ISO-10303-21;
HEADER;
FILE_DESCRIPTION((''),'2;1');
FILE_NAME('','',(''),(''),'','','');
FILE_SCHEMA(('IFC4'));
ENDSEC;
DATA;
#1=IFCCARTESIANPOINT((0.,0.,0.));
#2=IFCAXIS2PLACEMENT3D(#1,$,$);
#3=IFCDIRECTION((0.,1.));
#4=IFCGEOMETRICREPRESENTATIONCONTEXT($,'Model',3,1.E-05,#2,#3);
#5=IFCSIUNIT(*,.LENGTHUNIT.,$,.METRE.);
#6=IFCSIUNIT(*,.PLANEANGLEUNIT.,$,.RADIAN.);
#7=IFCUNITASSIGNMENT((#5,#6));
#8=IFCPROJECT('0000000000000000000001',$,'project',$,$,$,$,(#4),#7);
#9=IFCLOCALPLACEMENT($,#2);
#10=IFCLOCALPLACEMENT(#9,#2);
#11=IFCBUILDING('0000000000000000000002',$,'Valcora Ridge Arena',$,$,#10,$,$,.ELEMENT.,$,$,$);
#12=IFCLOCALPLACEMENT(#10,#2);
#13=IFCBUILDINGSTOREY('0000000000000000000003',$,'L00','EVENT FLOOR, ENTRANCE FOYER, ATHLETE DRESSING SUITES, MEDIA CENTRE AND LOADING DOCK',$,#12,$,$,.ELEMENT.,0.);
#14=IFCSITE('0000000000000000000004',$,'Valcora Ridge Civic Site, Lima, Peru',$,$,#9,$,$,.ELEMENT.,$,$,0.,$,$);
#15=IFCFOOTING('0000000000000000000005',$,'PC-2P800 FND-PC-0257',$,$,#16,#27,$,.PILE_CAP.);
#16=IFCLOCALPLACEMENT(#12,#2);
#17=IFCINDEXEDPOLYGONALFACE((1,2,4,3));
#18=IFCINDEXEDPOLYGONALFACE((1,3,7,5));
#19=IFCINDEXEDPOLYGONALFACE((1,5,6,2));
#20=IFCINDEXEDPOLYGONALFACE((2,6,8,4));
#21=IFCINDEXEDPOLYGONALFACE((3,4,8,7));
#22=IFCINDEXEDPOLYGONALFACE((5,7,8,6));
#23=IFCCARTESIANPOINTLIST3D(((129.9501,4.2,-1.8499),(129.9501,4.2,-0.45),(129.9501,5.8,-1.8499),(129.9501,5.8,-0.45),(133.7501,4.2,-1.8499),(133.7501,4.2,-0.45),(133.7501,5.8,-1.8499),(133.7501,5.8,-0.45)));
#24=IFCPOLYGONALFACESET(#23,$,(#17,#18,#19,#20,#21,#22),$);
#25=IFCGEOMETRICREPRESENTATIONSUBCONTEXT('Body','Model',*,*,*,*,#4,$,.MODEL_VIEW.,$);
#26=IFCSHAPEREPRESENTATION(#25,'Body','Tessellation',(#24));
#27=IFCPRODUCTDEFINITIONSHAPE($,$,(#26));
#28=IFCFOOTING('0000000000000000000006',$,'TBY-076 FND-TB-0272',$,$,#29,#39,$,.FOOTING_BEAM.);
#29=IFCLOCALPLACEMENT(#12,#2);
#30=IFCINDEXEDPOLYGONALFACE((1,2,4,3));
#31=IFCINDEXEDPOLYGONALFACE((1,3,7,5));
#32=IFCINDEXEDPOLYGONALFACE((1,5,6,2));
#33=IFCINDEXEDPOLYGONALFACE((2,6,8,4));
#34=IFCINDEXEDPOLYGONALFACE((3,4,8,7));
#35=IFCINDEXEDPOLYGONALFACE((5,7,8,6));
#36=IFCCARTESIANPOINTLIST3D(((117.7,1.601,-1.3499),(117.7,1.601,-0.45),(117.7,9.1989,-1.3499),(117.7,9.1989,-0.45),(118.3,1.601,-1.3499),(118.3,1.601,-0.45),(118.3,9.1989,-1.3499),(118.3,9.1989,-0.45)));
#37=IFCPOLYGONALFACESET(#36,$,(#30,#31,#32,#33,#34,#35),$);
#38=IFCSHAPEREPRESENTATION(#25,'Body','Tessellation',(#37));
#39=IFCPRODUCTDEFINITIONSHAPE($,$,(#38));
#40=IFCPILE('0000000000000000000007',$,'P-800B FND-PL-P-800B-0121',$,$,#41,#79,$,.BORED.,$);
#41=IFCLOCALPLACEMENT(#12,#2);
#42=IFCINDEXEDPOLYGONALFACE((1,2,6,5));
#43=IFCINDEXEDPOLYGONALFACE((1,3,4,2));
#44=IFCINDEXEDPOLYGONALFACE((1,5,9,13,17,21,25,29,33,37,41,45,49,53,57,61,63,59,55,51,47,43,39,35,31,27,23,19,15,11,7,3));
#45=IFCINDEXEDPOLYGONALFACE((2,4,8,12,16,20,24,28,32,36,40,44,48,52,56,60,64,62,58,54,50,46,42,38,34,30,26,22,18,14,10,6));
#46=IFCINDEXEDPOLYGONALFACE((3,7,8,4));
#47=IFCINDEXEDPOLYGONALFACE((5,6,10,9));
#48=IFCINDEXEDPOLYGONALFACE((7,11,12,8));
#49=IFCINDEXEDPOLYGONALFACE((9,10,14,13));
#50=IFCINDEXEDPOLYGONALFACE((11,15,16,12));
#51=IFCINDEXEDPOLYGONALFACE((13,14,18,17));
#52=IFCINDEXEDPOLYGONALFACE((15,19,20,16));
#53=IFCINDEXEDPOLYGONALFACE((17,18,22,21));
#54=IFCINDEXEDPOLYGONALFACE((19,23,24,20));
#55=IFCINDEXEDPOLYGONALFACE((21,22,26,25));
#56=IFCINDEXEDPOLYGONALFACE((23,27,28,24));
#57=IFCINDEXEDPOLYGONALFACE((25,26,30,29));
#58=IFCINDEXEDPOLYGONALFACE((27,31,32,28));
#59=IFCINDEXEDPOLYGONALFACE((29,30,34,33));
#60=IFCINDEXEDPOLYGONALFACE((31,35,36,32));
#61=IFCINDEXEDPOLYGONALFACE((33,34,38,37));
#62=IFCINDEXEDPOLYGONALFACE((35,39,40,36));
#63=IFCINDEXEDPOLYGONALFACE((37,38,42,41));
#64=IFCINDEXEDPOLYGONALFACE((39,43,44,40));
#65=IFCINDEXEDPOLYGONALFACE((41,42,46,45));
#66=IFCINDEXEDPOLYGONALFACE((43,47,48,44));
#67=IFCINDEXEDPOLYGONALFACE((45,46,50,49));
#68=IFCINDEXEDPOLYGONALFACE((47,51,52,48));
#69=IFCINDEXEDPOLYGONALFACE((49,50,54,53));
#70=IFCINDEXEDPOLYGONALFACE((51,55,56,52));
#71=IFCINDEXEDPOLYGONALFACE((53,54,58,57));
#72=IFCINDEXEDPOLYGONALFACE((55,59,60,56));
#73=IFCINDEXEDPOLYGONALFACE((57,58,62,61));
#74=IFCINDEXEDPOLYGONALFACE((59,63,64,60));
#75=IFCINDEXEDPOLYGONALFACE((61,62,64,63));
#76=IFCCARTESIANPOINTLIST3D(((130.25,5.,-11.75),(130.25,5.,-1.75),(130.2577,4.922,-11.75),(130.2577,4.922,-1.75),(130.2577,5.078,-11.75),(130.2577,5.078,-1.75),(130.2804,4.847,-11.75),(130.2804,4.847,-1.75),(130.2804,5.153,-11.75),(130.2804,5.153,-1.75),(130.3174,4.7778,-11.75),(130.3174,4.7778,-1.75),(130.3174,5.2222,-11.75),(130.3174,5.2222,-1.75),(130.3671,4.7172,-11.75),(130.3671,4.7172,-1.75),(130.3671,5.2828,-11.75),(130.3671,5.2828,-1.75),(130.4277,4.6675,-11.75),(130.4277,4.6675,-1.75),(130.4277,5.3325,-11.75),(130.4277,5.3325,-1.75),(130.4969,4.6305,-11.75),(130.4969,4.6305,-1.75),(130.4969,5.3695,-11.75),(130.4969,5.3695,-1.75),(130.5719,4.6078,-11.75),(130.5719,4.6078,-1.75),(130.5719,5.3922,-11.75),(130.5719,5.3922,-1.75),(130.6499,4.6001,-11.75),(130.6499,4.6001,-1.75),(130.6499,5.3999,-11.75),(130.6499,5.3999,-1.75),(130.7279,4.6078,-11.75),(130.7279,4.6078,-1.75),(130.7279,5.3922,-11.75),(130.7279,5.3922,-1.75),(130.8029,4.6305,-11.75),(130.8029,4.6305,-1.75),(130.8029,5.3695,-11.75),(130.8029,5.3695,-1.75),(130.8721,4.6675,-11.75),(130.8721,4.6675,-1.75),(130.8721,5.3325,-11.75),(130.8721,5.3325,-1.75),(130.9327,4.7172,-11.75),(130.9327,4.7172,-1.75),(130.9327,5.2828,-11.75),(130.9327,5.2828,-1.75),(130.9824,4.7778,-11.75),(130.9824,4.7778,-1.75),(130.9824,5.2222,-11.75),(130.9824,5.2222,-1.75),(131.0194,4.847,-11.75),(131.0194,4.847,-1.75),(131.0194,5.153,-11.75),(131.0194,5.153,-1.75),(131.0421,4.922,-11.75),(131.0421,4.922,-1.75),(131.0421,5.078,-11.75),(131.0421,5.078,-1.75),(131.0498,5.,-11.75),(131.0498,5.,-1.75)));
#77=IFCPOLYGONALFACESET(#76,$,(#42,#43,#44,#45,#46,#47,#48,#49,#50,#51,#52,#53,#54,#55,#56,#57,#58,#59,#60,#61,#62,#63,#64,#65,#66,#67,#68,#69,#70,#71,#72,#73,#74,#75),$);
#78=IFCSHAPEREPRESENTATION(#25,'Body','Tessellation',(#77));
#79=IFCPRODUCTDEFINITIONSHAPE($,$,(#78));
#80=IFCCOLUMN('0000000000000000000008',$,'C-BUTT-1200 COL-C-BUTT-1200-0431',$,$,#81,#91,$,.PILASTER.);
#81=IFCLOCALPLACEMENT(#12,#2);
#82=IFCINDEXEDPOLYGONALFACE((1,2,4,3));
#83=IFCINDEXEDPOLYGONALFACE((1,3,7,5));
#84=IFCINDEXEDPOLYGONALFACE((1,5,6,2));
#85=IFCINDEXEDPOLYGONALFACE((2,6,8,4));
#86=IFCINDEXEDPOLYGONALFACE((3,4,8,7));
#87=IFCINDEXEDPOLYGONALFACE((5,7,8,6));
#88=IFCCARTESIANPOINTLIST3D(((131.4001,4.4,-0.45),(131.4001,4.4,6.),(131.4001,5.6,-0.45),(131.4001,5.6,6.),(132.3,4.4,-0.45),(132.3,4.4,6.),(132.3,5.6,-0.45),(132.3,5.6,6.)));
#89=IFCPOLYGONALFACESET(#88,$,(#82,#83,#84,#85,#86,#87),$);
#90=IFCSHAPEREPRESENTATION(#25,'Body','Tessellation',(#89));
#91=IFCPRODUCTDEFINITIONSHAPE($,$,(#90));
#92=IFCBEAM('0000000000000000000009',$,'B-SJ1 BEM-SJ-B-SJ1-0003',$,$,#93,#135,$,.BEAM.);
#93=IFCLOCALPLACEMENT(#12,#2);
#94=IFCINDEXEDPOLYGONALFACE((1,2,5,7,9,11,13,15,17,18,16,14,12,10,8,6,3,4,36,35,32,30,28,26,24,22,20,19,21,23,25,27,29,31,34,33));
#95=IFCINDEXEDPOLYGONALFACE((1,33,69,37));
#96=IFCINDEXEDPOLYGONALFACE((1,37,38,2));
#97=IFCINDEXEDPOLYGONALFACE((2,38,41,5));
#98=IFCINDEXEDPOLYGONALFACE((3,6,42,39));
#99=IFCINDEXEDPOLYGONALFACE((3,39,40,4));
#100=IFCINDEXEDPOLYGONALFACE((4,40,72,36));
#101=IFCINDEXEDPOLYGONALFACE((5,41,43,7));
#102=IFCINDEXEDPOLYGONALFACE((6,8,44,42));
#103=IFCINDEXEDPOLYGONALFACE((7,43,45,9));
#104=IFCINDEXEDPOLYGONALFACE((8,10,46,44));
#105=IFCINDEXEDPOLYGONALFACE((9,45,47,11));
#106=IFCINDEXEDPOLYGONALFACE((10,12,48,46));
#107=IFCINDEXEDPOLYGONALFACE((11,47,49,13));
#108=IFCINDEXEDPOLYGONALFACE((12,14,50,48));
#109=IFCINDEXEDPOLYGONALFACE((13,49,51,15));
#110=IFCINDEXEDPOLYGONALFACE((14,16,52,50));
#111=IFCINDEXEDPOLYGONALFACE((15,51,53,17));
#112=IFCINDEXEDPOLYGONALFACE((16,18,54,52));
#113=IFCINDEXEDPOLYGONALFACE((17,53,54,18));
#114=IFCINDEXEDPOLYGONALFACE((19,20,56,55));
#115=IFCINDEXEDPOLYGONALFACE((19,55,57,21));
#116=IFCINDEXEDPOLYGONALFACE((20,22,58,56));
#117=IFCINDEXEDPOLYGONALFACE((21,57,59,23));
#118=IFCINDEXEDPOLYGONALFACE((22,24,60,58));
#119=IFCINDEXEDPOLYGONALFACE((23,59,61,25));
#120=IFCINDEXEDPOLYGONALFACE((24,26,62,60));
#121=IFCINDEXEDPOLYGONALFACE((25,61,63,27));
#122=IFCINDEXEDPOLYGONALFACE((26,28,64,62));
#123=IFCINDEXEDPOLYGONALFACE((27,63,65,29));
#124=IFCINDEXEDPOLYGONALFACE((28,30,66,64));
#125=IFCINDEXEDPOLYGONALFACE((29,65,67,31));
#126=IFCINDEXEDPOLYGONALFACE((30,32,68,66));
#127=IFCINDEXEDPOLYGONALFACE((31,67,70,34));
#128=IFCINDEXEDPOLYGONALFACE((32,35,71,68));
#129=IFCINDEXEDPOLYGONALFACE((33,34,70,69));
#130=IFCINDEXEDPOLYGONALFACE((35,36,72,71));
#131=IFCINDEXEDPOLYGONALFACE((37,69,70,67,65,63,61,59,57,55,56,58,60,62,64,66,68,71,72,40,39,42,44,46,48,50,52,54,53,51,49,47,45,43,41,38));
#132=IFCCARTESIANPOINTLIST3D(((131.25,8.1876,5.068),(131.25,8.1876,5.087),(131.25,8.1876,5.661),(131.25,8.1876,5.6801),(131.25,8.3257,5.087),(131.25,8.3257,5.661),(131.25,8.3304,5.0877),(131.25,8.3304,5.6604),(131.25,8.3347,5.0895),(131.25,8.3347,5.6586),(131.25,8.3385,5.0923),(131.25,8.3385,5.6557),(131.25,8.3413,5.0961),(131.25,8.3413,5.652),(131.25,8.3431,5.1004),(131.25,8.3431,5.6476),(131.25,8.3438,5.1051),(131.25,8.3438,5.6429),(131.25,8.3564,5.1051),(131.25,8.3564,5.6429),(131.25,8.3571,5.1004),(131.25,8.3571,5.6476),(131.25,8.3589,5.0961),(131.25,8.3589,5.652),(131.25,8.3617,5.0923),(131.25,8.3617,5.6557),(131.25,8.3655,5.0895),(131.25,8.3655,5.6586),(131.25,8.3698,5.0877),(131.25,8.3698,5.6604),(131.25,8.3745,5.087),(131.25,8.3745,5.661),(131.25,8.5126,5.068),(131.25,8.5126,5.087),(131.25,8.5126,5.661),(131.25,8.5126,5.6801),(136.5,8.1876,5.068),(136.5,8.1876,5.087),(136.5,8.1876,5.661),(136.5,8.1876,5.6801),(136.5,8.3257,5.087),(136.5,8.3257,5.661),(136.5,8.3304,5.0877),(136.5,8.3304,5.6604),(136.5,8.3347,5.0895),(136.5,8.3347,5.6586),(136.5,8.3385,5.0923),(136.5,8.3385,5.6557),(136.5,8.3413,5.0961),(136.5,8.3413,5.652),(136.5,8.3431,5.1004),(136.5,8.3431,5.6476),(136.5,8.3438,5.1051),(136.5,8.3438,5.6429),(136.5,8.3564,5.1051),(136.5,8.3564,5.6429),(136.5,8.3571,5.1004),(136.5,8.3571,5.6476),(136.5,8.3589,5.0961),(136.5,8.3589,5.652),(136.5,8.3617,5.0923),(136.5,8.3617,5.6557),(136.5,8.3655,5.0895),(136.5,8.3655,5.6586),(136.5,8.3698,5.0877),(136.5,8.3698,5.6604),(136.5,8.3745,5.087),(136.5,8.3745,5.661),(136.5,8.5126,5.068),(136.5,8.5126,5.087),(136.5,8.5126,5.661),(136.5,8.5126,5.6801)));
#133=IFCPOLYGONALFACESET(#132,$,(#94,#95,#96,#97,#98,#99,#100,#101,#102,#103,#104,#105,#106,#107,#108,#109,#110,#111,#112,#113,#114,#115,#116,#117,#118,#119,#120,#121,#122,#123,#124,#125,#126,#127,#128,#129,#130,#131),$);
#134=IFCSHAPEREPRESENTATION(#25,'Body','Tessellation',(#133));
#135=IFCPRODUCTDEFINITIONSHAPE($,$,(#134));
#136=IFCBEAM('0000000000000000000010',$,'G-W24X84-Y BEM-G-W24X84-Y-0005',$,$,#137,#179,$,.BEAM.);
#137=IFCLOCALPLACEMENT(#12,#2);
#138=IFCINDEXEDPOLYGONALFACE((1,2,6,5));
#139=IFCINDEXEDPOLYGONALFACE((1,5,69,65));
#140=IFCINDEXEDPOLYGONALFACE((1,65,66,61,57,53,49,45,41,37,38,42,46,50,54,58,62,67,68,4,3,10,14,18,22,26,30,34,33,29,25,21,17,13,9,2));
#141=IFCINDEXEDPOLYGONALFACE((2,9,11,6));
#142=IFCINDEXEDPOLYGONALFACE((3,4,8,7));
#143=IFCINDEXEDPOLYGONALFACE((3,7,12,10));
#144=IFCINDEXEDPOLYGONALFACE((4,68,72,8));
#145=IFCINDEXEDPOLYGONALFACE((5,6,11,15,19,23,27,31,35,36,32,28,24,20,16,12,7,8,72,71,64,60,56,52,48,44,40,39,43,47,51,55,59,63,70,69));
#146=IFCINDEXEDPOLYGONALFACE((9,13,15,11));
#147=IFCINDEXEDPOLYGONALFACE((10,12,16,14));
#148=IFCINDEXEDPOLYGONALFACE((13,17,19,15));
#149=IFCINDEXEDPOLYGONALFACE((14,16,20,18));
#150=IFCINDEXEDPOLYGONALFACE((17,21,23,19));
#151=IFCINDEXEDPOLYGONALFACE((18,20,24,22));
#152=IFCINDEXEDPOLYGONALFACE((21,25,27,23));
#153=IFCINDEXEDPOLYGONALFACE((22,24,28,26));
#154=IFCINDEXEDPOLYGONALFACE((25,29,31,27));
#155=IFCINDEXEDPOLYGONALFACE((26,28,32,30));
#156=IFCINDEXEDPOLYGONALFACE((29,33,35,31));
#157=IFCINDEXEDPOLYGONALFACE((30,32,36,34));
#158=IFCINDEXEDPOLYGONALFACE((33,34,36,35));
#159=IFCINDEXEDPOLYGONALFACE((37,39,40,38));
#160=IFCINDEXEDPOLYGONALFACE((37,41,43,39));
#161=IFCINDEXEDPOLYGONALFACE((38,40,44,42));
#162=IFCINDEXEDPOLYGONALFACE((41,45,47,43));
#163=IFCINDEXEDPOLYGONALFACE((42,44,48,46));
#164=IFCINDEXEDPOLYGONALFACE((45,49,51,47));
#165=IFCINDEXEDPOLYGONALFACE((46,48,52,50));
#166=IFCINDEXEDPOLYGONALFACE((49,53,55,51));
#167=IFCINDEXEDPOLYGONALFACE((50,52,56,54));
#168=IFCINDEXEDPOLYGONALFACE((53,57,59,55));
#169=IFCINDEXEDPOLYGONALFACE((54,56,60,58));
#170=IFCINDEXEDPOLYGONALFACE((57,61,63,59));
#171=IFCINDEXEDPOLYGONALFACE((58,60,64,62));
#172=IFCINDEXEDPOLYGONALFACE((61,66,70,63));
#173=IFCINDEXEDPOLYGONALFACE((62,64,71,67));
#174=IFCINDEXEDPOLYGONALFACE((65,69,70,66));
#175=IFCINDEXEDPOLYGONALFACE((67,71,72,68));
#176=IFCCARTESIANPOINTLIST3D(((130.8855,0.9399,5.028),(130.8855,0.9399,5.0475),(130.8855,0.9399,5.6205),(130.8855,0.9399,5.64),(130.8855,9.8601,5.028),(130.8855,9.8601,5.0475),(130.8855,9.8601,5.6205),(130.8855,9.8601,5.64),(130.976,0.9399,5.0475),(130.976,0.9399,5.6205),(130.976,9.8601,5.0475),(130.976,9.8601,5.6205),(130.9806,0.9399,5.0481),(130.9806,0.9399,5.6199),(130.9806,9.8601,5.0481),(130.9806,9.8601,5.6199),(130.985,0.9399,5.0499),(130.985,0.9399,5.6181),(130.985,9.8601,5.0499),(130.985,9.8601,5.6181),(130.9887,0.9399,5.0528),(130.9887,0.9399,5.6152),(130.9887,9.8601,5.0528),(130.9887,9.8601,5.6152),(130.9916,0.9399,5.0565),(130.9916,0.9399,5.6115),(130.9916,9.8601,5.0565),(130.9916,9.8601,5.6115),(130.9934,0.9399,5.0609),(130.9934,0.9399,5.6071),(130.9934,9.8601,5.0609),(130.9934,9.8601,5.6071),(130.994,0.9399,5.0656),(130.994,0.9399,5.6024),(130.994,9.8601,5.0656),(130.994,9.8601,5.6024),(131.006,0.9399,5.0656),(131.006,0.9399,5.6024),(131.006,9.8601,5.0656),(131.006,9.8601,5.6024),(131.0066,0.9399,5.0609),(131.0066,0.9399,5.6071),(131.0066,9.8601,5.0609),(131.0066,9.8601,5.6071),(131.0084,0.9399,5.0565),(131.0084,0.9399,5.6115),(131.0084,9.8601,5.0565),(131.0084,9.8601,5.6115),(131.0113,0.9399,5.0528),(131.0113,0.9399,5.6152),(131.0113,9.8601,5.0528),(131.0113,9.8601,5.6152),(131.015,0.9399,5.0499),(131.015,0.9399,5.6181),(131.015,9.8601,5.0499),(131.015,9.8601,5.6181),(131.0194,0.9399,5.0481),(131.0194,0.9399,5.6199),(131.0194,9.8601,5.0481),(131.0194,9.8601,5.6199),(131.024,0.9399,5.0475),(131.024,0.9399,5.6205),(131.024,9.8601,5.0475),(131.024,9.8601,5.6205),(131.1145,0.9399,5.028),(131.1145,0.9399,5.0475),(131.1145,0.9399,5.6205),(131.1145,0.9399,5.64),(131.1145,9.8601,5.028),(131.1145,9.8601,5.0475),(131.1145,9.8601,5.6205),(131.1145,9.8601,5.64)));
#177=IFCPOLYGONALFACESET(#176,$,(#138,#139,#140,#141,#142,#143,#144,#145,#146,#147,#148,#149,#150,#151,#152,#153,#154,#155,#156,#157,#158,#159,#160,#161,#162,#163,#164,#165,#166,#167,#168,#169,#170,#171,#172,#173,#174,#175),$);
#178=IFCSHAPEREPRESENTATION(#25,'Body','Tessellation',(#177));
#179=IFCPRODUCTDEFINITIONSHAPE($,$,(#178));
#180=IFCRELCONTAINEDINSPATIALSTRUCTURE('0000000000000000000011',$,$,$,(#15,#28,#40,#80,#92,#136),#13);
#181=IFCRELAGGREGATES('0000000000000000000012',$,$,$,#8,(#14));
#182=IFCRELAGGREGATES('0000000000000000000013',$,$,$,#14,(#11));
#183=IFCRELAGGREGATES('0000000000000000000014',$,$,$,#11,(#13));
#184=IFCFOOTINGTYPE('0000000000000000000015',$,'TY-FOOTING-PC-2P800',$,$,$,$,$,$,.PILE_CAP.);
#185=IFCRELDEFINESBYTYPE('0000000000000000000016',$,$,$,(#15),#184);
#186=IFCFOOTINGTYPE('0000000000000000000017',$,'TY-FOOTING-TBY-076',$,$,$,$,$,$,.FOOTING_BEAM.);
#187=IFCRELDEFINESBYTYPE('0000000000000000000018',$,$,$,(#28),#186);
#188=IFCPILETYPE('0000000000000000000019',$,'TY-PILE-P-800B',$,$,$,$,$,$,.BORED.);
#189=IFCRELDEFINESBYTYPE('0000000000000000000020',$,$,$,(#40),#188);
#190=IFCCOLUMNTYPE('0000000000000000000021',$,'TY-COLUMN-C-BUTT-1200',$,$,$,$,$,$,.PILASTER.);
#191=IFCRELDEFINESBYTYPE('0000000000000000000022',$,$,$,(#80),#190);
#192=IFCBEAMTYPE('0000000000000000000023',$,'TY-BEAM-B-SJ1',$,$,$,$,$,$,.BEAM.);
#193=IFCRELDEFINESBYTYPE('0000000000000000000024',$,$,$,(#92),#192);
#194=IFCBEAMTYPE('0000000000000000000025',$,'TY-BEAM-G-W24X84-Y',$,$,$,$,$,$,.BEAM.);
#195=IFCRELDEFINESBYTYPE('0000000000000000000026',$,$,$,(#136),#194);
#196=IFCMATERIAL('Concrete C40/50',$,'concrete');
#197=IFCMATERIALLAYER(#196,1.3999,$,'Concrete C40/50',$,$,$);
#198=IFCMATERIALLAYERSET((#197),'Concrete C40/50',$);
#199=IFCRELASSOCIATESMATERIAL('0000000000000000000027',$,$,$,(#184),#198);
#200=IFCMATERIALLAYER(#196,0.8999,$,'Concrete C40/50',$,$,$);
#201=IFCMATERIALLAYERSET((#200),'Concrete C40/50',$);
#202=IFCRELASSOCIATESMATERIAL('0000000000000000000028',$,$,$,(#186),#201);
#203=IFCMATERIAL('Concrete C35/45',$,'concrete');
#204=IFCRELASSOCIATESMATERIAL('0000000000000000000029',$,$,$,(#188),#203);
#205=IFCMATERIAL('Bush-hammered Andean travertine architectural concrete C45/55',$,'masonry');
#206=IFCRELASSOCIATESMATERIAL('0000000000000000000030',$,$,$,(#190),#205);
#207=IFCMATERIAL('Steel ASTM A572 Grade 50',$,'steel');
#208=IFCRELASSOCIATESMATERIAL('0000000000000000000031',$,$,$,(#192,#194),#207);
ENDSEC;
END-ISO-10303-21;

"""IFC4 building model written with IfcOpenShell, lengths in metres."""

from ifc_helpers import new_model, si_unit, direction, frame, origin, origin_2d, place, context, subcontext, project, spatial, rectangle, circle, i_section, extrude, material, layer, layer_set, material_profile, profile_set, type_object, element, save


model = new_model("IFC4")

# Units and contexts
model_context = context("Model", 3, precision=1e-05, world=origin(), true_north=direction((0.0, 1.0)))
body_context = subcontext(model_context, "Body", "Model", "MODEL_VIEW")
ifc_project = project(units=[si_unit("LENGTHUNIT", "METRE"), si_unit("PLANEANGLEUNIT", "RADIAN")], contexts=[model_context])

# Site, building, storey
site_placement = place(None, origin())
site = spatial("IfcSite", under=ifc_project, at=site_placement, Name="Valcora Ridge Civic Site, Lima, Peru", CompositionType="ELEMENT", RefElevation=0.0)
building_placement = place(site_placement, origin())
building = spatial("IfcBuilding", under=site, at=building_placement, Name="Valcora Ridge Arena", CompositionType="ELEMENT")
storey_placement = place(building_placement, origin())
storey = spatial("IfcBuildingStorey", under=building, at=storey_placement, Name="L00", Description="EVENT FLOOR, ENTRANCE FOYER, ATHLETE DRESSING SUITES, MEDIA CENTRE AND LOADING DOCK", CompositionType="ELEMENT", Elevation=0.0)

# Footings
ifc_material_1 = material(Name="Concrete C40/50", Category="concrete")
ifc_layer_1 = layer(ifc_material_1, 1.3999, Name="Concrete C40/50")
ifc_layer_set_1 = layer_set([ifc_layer_1], Name="Concrete C40/50")
footing_type_1 = type_object("IfcFootingType", Name="TY-FOOTING-PC-2P800", PredefinedType="PILE_CAP", material=ifc_layer_set_1)
footing_1_placement = place(storey_placement, frame((131.8501, 5.0, -1.8499), z_axis=(0.0, 0.0, 1.0), x_axis=(1.0, 0.0, 0.0)))
element("IfcFooting", 1, at=footing_1_placement, inside=storey, type_object=footing_type_1, Name="PC-2P800 FND-PC-0257", PredefinedType="PILE_CAP", context=body_context, shape_type="SweptSolid", body=[
    extrude(rectangle(XDim=3.8, YDim=1.6001, at=origin_2d()), origin(), (0.0, 0.0, 1.0), 1.3999),
])
ifc_layer_2 = layer(ifc_material_1, 0.8999, Name="Concrete C40/50")
ifc_layer_set_2 = layer_set([ifc_layer_2], Name="Concrete C40/50")
footing_type_2 = type_object("IfcFootingType", Name="TY-FOOTING-TBY-076", PredefinedType="FOOTING_BEAM", material=ifc_layer_set_2)
footing_2_placement = place(storey_placement, frame((118.0, 5.3999, -1.3499), z_axis=(0.0, 0.0, 1.0), x_axis=(1.0, 0.0, 0.0)))
element("IfcFooting", 2, at=footing_2_placement, inside=storey, type_object=footing_type_2, Name="TBY-076 FND-TB-0272", PredefinedType="FOOTING_BEAM", context=body_context, shape_type="SweptSolid", body=[
    extrude(rectangle(XDim=0.6001, YDim=7.5979, at=origin_2d()), origin(), (0.0, 0.0, 1.0), 0.8999),
])

# Pile
ifc_material_2 = material(Name="Concrete C35/45", Category="concrete")
ifc_material_profile_1 = material_profile(ifc_material_2, circle(Radius=0.3999, at=origin_2d()), Name="BORED PILE D800")
ifc_profile_set_1 = profile_set([ifc_material_profile_1], Name="Concrete C35/45")
pile_type = type_object("IfcPileType", Name="TY-PILE-P-800B", PredefinedType="BORED", material=ifc_profile_set_1)
pile_placement = place(storey_placement, frame((130.6499, 5.0, -1.75), z_axis=(0.0, 0.0, -1.0), x_axis=(1.0, 0.0, 0.0)))
element("IfcPile", 3, at=pile_placement, inside=storey, type_object=pile_type, Name="P-800B FND-PL-P-800B-0121", PredefinedType="BORED", context=body_context, shape_type="SweptSolid", body=[
    extrude(circle(Radius=0.3999, at=origin_2d()), origin(), (0.0, 0.0, 1.0), 10.0),
])

# Column
ifc_material_3 = material(Name="Bush-hammered Andean travertine architectural concrete C45/55", Category="masonry")
ifc_material_profile_2 = material_profile(ifc_material_3, rectangle(XDim=0.8999, YDim=1.2, at=origin_2d()), Name="RC 900x1200")
ifc_profile_set_2 = profile_set([ifc_material_profile_2], Name="Bush-hammered Andean travertine architectural concrete C45/55")
column_type = type_object("IfcColumnType", Name="TY-COLUMN-C-BUTT-1200", PredefinedType="PILASTER", material=ifc_profile_set_2)
column_placement = place(storey_placement, frame((131.8501, 5.0, -0.45), z_axis=(0.0, 0.0, 1.0), x_axis=(1.0, 0.0, 0.0)))
element("IfcColumn", 4, at=column_placement, inside=storey, type_object=column_type, Name="C-BUTT-1200 COL-C-BUTT-1200-0431", PredefinedType="PILASTER", context=body_context, shape_type="SweptSolid", body=[
    extrude(rectangle(XDim=0.8999, YDim=1.2, at=origin_2d()), origin(), (0.0, 0.0, 1.0), 6.45),
])

# Beams
ifc_material_4 = material(Name="Steel ASTM A572 Grade 50", Category="steel")
ifc_material_profile_3 = material_profile(ifc_material_4, i_section(OverallWidth=0.325, OverallDepth=0.6121, WebThickness=0.0127, FlangeThickness=0.019, FilletRadius=0.0181, at=origin_2d()), Name="W24X104")
ifc_profile_set_3 = profile_set([ifc_material_profile_3], Name="Steel ASTM A572 Grade 50")
beam_type_1 = type_object("IfcBeamType", Name="TY-BEAM-B-SJ1", PredefinedType="BEAM", material=ifc_profile_set_3)
beam_1_placement = place(storey_placement, frame((131.25, 8.3501, 5.374), z_axis=(1.0, 0.0, 0.0), x_axis=(0.0, 1.0, 0.0)))
element("IfcBeam", 5, at=beam_1_placement, inside=storey, type_object=beam_type_1, Name="B-SJ1 BEM-SJ-B-SJ1-0003", PredefinedType="BEAM", context=body_context, shape_type="SweptSolid", body=[
    extrude(i_section(OverallWidth=0.325, OverallDepth=0.6121, WebThickness=0.0127, FlangeThickness=0.019, FilletRadius=0.0181, at=origin_2d()), origin(), (0.0, 0.0, 1.0), 5.25),
])
ifc_material_profile_4 = material_profile(ifc_material_4, i_section(OverallWidth=0.229, OverallDepth=0.6121, WebThickness=0.012, FlangeThickness=0.0195, FilletRadius=0.0181, at=origin_2d()), Name="W24X84")
ifc_profile_set_4 = profile_set([ifc_material_profile_4], Name="Steel ASTM A572 Grade 50")
beam_type_2 = type_object("IfcBeamType", Name="TY-BEAM-G-W24X84-Y", PredefinedType="BEAM", material=ifc_profile_set_4)
beam_2_placement = place(storey_placement, frame((131.0, 0.9399, 5.334), z_axis=(0.0, 1.0, 0.0), x_axis=(-1.0, 0.0, 0.0)))
element("IfcBeam", 6, at=beam_2_placement, inside=storey, type_object=beam_type_2, Name="G-W24X84-Y BEM-G-W24X84-Y-0005", PredefinedType="BEAM", context=body_context, shape_type="SweptSolid", body=[
    extrude(i_section(OverallWidth=0.229, OverallDepth=0.6121, WebThickness=0.012, FlangeThickness=0.0195, FilletRadius=0.0181, at=origin_2d()), origin(), (0.0, 0.0, 1.0), 8.9202),
])

save(model, "model.ifc")
